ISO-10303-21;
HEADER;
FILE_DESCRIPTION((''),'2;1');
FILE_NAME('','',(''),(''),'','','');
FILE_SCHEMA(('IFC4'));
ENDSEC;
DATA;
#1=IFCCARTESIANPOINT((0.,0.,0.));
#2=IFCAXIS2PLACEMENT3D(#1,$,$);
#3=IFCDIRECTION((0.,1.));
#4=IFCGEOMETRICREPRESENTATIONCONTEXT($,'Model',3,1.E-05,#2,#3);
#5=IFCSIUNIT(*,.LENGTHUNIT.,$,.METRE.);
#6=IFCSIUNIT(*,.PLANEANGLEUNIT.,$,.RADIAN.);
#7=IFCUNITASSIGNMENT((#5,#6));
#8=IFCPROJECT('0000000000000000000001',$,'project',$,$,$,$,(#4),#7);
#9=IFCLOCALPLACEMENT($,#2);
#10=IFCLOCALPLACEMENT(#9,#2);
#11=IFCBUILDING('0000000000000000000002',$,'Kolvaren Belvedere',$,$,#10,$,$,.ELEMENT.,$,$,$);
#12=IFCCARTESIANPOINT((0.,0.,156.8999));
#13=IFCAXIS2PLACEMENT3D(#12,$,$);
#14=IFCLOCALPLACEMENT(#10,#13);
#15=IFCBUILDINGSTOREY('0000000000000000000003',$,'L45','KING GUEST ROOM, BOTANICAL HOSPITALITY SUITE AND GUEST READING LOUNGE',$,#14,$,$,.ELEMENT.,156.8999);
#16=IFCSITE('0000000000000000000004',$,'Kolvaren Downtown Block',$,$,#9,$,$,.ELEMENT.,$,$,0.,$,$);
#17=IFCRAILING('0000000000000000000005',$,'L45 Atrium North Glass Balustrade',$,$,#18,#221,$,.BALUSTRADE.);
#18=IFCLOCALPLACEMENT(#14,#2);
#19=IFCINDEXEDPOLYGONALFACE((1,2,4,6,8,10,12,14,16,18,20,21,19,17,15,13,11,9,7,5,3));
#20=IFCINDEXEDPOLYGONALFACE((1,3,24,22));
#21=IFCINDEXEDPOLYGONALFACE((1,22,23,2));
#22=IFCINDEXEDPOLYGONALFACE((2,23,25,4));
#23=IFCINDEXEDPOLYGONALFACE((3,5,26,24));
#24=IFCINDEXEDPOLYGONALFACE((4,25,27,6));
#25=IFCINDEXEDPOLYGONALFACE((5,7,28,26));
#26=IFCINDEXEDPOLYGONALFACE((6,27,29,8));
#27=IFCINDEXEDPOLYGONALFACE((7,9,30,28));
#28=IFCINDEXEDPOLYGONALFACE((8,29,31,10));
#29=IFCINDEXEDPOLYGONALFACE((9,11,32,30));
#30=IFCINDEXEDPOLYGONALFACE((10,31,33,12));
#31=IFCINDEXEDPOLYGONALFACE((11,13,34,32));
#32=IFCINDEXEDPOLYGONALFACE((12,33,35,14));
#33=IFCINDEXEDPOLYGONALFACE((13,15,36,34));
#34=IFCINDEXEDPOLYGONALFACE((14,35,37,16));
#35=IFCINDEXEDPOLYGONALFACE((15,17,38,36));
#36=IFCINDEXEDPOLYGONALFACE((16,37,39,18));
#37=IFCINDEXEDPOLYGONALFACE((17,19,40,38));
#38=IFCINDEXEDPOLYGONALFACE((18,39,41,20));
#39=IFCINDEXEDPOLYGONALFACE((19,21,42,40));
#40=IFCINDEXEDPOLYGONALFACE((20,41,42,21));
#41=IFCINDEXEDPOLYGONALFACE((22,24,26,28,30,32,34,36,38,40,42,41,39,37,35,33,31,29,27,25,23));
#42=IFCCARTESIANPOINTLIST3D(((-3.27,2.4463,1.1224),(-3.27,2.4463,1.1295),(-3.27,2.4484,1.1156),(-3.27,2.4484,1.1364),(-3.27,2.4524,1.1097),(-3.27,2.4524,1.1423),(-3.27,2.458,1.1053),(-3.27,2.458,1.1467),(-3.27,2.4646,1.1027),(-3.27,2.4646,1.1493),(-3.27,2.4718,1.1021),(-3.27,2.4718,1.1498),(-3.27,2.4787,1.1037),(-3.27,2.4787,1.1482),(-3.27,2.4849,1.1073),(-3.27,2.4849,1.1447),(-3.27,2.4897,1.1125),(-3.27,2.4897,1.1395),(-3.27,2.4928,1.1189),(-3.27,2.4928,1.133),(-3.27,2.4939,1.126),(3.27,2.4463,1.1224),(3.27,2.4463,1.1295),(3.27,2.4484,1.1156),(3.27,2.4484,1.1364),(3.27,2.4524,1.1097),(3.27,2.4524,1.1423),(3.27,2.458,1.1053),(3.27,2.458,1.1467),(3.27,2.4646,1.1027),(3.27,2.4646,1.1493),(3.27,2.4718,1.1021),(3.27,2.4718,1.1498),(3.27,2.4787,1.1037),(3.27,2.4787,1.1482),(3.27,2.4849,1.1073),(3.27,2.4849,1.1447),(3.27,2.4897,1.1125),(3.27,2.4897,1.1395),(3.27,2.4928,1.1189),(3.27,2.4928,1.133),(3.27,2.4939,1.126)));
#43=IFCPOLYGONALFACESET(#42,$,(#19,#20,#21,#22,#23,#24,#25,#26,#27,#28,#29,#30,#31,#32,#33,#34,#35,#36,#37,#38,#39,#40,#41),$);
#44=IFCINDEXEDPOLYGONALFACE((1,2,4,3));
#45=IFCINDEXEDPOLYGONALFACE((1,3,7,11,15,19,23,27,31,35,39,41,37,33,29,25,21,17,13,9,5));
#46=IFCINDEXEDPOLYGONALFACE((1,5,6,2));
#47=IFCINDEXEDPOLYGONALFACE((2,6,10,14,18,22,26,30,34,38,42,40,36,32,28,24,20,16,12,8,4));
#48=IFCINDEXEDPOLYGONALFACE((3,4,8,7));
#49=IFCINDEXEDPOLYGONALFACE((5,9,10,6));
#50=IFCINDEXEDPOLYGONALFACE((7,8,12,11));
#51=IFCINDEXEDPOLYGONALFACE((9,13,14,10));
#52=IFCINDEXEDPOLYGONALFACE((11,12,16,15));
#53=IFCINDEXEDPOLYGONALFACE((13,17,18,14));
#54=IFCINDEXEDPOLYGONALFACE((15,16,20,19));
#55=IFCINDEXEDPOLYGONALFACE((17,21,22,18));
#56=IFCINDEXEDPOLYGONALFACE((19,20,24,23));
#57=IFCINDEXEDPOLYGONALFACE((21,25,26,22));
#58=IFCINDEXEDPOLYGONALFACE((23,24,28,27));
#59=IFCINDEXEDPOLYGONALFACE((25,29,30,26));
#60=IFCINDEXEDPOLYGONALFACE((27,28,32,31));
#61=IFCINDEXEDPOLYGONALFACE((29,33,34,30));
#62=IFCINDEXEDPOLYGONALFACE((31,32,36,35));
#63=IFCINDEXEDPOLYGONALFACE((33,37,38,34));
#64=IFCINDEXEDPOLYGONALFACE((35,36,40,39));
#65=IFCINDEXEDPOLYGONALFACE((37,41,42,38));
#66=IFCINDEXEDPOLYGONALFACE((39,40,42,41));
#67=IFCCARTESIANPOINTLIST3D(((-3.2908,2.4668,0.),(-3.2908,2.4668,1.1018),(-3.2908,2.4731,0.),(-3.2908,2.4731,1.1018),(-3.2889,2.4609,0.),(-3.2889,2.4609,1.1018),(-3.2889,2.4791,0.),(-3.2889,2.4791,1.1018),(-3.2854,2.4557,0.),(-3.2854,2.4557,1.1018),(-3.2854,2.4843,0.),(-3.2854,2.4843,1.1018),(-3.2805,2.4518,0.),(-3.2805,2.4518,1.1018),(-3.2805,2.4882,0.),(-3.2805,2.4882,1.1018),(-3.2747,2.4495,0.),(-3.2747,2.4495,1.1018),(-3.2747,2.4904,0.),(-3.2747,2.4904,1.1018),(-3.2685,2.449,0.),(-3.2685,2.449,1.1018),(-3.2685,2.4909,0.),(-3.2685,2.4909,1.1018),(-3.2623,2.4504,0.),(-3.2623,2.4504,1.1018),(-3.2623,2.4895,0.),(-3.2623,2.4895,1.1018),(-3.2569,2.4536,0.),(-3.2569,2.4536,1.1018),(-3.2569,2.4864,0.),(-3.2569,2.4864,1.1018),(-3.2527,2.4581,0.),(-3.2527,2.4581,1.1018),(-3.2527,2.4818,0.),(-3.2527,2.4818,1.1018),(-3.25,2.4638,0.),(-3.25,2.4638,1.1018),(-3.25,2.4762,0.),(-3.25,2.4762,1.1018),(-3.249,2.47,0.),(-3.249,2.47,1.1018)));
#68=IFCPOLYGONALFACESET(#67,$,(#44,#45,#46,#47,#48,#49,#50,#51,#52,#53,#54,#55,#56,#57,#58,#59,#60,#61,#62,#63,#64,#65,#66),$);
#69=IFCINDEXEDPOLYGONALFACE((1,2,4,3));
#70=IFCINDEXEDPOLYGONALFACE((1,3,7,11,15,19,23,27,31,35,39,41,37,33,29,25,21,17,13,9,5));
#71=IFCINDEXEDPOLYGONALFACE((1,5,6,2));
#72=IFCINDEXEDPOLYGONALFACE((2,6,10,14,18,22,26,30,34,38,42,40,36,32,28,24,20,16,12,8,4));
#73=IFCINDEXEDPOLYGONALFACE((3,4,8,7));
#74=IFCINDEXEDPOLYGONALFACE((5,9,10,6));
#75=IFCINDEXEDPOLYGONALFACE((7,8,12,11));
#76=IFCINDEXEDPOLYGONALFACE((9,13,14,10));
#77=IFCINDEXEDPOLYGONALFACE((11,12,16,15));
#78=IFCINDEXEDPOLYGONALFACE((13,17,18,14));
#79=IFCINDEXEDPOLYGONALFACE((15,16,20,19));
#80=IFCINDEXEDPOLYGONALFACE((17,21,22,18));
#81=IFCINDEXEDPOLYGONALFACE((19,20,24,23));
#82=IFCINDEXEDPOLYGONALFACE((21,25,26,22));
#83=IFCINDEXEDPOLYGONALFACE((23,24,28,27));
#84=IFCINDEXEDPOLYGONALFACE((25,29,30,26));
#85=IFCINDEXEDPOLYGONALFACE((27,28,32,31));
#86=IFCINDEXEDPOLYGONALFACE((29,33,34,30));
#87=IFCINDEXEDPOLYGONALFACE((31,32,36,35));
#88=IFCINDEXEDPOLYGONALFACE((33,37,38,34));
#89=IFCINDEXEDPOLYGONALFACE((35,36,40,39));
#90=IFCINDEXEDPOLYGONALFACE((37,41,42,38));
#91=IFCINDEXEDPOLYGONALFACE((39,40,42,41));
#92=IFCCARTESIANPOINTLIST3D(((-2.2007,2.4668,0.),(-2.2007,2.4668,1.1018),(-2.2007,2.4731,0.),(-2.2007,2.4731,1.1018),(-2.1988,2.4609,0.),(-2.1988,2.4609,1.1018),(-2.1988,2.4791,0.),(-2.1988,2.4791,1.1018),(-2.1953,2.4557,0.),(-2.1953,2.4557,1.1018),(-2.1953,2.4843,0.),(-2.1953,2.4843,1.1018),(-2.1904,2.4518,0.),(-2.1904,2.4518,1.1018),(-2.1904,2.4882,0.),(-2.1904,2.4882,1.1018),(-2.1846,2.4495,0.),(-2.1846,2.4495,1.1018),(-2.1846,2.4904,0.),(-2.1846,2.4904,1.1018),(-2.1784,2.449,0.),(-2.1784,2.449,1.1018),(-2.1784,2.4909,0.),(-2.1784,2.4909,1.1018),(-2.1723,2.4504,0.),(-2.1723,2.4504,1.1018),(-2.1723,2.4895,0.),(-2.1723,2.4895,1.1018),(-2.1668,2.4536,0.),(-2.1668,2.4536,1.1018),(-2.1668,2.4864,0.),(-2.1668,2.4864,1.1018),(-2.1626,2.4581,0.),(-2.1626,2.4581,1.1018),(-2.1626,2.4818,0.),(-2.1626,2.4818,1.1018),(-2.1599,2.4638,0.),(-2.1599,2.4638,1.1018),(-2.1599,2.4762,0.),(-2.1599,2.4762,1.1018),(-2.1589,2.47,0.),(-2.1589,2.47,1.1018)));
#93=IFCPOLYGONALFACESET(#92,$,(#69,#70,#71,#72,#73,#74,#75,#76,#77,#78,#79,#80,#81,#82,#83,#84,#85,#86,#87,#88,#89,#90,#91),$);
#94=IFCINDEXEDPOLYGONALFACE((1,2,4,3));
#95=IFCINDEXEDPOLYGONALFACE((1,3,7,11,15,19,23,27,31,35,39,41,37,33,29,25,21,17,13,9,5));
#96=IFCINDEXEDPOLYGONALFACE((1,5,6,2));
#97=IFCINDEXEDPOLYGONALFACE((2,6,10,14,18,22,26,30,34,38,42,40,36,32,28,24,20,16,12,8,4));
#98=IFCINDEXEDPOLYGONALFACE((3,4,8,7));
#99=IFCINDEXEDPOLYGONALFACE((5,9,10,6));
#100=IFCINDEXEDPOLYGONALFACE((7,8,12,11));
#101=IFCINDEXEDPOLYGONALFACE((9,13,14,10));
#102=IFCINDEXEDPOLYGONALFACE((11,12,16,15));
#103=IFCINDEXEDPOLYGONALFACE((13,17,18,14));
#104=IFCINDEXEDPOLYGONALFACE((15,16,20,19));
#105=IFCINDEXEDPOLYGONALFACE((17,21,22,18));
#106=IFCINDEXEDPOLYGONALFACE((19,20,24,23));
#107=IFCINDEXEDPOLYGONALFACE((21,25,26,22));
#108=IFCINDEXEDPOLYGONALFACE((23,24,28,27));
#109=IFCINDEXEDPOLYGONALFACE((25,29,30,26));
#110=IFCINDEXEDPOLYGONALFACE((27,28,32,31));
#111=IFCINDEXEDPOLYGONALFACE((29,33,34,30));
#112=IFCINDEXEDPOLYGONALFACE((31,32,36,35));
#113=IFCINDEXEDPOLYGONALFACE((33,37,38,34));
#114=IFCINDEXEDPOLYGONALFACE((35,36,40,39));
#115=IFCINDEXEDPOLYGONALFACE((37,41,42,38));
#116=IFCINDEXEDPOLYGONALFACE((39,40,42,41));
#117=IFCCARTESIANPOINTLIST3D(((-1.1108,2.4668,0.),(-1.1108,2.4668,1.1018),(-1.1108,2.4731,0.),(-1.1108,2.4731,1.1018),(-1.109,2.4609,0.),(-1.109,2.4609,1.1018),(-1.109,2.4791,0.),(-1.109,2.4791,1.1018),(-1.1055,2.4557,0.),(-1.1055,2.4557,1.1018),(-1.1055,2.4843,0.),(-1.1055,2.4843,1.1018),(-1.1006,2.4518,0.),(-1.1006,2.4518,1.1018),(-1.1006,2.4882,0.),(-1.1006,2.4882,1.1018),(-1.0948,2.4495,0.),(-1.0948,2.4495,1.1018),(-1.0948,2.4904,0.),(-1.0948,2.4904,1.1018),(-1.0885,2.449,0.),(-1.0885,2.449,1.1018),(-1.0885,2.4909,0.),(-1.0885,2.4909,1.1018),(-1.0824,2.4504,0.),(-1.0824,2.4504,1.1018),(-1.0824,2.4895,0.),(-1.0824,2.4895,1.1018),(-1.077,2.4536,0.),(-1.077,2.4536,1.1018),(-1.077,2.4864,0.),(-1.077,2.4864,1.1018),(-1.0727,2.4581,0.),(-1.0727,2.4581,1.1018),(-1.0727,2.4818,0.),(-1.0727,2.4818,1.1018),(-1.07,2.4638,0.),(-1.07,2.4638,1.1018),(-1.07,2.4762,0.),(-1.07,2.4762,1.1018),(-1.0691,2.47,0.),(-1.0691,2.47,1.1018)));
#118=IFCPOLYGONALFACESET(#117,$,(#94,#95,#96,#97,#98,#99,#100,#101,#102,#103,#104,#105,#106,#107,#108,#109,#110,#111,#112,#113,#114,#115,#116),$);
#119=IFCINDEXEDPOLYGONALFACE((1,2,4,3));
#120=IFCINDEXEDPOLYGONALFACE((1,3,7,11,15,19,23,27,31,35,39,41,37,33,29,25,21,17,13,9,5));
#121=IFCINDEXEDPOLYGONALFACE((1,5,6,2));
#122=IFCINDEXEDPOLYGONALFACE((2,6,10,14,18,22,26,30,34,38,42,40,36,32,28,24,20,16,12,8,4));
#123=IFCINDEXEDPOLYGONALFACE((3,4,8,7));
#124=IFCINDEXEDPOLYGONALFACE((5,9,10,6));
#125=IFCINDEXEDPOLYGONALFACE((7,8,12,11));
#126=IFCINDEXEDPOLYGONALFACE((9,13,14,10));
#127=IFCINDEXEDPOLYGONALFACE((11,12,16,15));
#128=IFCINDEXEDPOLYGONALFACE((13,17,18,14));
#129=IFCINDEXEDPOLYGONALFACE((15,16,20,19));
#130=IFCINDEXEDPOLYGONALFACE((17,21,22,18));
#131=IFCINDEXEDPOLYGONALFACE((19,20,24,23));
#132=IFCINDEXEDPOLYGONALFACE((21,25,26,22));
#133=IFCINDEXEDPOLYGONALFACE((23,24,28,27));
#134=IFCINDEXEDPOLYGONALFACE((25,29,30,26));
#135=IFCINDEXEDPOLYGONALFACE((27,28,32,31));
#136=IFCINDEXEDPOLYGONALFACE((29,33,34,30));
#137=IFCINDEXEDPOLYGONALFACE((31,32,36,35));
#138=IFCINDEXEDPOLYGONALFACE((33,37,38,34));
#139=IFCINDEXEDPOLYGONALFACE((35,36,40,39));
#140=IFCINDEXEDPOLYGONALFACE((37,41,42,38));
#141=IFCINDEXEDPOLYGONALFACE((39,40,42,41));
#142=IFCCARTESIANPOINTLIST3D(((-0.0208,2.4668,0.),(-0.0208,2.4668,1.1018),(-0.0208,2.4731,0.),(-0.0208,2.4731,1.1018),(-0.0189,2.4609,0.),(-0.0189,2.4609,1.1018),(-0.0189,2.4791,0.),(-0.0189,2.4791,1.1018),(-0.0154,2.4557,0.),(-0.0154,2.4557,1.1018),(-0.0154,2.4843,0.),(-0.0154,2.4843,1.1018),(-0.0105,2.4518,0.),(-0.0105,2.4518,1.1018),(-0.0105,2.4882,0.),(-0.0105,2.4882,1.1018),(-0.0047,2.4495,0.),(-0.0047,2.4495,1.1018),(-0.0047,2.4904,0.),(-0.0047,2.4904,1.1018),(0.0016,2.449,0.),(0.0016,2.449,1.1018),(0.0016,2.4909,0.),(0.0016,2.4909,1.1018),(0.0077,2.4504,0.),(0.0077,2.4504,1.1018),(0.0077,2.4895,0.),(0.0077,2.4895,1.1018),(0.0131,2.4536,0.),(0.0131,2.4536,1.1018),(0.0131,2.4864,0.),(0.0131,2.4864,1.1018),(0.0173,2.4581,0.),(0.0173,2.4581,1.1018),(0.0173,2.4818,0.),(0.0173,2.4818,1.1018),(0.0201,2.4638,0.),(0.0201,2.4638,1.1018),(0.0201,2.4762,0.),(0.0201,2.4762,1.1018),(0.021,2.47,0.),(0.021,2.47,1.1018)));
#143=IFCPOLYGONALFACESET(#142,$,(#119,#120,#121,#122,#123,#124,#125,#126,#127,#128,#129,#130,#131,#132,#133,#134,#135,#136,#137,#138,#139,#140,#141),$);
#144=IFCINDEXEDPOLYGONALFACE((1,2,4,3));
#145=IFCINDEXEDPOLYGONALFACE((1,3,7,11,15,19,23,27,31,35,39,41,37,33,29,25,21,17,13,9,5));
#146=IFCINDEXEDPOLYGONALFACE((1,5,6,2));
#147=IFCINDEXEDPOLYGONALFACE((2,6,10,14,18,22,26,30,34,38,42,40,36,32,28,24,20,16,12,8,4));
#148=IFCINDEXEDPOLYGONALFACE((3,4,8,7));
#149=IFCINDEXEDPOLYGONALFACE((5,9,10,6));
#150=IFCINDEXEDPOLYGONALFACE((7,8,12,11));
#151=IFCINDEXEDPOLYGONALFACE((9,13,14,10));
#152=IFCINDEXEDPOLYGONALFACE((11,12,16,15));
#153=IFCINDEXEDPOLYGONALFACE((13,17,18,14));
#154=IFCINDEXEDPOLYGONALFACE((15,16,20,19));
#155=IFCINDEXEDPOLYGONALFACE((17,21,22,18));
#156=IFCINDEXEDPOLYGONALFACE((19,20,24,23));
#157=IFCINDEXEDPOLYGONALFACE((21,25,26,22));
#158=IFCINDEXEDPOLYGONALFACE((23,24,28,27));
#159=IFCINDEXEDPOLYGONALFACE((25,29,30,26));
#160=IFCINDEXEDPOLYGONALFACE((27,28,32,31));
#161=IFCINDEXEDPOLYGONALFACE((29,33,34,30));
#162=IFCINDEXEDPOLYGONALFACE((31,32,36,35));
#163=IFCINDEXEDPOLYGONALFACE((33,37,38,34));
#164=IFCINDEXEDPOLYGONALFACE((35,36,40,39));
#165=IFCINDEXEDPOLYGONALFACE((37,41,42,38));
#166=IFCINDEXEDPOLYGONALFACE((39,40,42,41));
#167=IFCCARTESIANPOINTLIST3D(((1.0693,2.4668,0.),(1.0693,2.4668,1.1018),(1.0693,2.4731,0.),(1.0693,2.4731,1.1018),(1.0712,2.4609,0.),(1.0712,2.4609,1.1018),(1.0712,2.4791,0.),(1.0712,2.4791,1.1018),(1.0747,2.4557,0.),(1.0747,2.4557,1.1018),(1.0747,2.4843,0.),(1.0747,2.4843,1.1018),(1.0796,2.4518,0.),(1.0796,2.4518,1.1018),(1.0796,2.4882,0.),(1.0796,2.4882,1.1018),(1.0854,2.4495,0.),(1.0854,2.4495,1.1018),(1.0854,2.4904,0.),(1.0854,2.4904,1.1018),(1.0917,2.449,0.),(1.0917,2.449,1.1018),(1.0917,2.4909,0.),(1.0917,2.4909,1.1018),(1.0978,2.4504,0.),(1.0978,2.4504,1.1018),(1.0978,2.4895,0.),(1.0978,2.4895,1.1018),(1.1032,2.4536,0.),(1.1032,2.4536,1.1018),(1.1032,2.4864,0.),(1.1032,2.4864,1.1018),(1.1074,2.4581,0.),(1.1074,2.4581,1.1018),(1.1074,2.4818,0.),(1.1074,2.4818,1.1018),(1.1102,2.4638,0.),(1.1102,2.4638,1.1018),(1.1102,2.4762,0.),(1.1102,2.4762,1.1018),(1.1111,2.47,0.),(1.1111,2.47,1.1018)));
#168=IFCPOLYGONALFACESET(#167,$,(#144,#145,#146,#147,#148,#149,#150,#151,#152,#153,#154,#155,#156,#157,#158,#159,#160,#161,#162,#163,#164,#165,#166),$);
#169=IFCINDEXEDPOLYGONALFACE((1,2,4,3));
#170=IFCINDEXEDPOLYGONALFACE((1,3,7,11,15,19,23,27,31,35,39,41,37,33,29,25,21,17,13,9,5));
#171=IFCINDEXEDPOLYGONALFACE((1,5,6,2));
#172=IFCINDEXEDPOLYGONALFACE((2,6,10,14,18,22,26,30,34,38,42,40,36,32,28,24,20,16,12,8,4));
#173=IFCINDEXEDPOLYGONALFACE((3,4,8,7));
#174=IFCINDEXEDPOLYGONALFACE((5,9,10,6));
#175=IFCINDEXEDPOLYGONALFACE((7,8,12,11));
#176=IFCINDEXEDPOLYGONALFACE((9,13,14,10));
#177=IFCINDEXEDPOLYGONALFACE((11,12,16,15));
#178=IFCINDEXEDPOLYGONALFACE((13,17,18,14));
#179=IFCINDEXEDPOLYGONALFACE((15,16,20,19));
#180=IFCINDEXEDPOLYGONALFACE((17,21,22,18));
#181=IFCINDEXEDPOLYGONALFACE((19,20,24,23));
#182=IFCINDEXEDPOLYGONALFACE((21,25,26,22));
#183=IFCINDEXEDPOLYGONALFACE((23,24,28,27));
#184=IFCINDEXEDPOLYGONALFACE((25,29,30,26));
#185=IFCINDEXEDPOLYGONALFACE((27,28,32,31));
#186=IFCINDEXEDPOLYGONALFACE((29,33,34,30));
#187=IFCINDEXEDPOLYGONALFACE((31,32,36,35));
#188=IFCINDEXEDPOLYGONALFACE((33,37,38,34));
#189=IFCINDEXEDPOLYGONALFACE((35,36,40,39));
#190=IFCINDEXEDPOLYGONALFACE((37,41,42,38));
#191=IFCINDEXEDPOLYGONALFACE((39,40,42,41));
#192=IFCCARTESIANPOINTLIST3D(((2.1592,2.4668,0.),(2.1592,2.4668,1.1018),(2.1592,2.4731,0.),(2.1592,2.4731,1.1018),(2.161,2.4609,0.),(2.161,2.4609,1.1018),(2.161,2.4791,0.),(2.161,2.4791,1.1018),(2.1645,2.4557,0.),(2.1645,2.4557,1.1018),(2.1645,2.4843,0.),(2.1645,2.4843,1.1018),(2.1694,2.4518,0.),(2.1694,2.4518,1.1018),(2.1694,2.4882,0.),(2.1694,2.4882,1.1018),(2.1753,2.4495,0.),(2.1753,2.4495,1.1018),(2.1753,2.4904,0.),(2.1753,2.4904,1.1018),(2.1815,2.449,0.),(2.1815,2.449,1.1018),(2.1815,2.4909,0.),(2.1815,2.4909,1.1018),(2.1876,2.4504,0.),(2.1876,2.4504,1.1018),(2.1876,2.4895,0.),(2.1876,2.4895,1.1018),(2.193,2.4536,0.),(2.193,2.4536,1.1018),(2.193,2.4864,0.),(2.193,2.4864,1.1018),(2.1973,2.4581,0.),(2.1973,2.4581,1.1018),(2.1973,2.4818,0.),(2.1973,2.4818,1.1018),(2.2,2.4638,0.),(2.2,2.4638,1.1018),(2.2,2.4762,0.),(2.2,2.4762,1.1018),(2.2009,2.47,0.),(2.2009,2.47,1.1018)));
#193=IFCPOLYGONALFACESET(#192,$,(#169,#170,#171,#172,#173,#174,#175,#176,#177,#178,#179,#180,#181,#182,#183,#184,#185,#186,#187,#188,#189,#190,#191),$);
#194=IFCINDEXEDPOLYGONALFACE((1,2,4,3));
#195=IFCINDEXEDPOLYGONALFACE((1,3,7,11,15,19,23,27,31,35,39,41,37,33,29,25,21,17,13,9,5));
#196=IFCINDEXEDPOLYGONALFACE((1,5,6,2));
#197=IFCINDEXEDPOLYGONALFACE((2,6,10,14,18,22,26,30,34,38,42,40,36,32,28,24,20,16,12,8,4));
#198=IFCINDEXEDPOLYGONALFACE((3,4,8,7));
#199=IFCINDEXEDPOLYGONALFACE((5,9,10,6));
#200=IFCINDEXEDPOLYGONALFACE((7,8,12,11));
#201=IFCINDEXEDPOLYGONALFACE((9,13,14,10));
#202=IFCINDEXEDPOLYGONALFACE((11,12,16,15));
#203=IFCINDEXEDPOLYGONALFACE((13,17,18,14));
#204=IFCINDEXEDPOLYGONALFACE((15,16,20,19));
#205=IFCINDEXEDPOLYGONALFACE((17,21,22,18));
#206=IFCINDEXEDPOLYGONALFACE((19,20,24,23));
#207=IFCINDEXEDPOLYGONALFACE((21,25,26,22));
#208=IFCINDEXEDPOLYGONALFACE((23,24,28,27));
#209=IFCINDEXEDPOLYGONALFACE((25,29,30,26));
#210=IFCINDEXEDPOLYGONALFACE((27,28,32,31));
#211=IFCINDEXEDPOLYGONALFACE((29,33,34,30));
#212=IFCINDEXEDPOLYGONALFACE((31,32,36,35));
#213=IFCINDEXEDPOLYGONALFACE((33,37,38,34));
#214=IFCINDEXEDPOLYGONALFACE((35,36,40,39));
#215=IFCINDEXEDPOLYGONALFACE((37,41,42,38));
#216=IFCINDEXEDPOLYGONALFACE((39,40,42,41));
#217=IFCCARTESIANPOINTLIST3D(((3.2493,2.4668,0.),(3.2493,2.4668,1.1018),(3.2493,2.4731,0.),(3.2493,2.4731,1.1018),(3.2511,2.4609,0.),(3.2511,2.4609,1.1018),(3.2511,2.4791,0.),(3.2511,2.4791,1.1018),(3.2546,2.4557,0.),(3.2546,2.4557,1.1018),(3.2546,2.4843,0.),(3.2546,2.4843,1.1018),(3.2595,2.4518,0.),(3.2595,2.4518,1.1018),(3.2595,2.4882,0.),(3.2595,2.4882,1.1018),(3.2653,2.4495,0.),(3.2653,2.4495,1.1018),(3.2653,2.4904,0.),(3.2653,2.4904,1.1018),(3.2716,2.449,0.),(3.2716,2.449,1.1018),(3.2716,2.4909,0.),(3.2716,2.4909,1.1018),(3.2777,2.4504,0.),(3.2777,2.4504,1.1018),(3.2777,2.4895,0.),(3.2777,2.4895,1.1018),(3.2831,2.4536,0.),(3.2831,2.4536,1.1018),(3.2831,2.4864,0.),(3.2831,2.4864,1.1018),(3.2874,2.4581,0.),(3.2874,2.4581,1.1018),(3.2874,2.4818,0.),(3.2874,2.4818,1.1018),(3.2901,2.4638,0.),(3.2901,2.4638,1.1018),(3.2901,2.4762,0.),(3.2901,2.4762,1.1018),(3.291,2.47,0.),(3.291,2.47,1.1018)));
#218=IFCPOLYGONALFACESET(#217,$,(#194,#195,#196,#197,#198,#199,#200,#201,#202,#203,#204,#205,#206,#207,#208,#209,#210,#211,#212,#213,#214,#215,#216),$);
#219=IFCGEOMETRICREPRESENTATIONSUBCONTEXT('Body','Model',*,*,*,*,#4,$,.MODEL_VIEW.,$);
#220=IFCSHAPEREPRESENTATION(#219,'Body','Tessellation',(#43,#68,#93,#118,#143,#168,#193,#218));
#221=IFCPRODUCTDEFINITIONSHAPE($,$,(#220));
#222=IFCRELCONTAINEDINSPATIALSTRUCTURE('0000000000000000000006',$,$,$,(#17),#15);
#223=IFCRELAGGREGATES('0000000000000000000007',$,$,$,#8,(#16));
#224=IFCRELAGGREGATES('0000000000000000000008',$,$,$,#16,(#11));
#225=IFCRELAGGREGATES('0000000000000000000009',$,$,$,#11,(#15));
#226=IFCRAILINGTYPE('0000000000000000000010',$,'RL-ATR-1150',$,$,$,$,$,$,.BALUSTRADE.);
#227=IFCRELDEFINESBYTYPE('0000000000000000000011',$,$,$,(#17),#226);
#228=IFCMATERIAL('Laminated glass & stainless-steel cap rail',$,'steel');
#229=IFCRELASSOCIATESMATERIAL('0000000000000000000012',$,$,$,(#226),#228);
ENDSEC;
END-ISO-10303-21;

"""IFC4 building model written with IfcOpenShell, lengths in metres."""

from ifc_helpers import new_model, si_unit, direction, frame, origin, origin_2d, place, context, subcontext, project, spatial, circle, extrude, material, type_object, element, save


model = new_model("IFC4")

# Units and contexts
model_context = context("Model", 3, precision=1e-05, world=origin(), true_north=direction((0.0, 1.0)))
body_context = subcontext(model_context, "Body", "Model", "MODEL_VIEW")
ifc_project = project(units=[si_unit("LENGTHUNIT", "METRE"), si_unit("PLANEANGLEUNIT", "RADIAN")], contexts=[model_context])

# Site, building, storey
site_placement = place(None, origin())
site = spatial("IfcSite", under=ifc_project, at=site_placement, Name="Kolvaren Downtown Block", CompositionType="ELEMENT", RefElevation=0.0)
building_placement = place(site_placement, origin())
building = spatial("IfcBuilding", under=site, at=building_placement, Name="Kolvaren Belvedere", CompositionType="ELEMENT")
storey_placement = place(building_placement, frame((0.0, 0.0, 156.8999)))
storey = spatial("IfcBuildingStorey", under=building, at=storey_placement, Name="L45", Description="KING GUEST ROOM, BOTANICAL HOSPITALITY SUITE AND GUEST READING LOUNGE", CompositionType="ELEMENT", Elevation=156.8999)

# Railing
ifc_material_1 = material(Name="Laminated glass & stainless-steel cap rail", Category="steel")
railing_type_1 = type_object("IfcRailingType", Name="RL-ATR-1150", PredefinedType="BALUSTRADE", material=ifc_material_1)
railing_1_placement = place(storey_placement, frame((-3.27, 2.47, 0.0)))
element("IfcRailing", 1, at=railing_1_placement, inside=storey, type_object=railing_type_1, Name="L45 Atrium North Glass Balustrade", PredefinedType="BALUSTRADE", context=body_context, shape_type="SweptSolid", body=[
    extrude(circle(Radius=0.0239, at=origin_2d()), frame((0.0, 0.0, 1.126), z_axis=(1.0, 0.0, 0.0), x_axis=(0.0, 1.0, 0.0)), (0.0, 0.0, 1.0), 6.54),
    extrude(circle(Radius=0.021, at=origin_2d()), origin(), (0.0, 0.0, 1.0), 1.1018),
    extrude(circle(Radius=0.021, at=origin_2d()), frame((1.0901, 0.0, 0.0)), (0.0, 0.0, 1.0), 1.1018),
    extrude(circle(Radius=0.021, at=origin_2d()), frame((2.1799, 0.0, 0.0)), (0.0, 0.0, 1.0), 1.1018),
    extrude(circle(Radius=0.021, at=origin_2d()), frame((3.27, 0.0, 0.0)), (0.0, 0.0, 1.0), 1.1018),
    extrude(circle(Radius=0.021, at=origin_2d()), frame((4.3601, 0.0, 0.0)), (0.0, 0.0, 1.0), 1.1018),
    extrude(circle(Radius=0.021, at=origin_2d()), frame((5.45, 0.0, 0.0)), (0.0, 0.0, 1.0), 1.1018),
    extrude(circle(Radius=0.021, at=origin_2d()), frame((6.54, 0.0, 0.0)), (0.0, 0.0, 1.0), 1.1018),
])

save(model, "model.ifc")
